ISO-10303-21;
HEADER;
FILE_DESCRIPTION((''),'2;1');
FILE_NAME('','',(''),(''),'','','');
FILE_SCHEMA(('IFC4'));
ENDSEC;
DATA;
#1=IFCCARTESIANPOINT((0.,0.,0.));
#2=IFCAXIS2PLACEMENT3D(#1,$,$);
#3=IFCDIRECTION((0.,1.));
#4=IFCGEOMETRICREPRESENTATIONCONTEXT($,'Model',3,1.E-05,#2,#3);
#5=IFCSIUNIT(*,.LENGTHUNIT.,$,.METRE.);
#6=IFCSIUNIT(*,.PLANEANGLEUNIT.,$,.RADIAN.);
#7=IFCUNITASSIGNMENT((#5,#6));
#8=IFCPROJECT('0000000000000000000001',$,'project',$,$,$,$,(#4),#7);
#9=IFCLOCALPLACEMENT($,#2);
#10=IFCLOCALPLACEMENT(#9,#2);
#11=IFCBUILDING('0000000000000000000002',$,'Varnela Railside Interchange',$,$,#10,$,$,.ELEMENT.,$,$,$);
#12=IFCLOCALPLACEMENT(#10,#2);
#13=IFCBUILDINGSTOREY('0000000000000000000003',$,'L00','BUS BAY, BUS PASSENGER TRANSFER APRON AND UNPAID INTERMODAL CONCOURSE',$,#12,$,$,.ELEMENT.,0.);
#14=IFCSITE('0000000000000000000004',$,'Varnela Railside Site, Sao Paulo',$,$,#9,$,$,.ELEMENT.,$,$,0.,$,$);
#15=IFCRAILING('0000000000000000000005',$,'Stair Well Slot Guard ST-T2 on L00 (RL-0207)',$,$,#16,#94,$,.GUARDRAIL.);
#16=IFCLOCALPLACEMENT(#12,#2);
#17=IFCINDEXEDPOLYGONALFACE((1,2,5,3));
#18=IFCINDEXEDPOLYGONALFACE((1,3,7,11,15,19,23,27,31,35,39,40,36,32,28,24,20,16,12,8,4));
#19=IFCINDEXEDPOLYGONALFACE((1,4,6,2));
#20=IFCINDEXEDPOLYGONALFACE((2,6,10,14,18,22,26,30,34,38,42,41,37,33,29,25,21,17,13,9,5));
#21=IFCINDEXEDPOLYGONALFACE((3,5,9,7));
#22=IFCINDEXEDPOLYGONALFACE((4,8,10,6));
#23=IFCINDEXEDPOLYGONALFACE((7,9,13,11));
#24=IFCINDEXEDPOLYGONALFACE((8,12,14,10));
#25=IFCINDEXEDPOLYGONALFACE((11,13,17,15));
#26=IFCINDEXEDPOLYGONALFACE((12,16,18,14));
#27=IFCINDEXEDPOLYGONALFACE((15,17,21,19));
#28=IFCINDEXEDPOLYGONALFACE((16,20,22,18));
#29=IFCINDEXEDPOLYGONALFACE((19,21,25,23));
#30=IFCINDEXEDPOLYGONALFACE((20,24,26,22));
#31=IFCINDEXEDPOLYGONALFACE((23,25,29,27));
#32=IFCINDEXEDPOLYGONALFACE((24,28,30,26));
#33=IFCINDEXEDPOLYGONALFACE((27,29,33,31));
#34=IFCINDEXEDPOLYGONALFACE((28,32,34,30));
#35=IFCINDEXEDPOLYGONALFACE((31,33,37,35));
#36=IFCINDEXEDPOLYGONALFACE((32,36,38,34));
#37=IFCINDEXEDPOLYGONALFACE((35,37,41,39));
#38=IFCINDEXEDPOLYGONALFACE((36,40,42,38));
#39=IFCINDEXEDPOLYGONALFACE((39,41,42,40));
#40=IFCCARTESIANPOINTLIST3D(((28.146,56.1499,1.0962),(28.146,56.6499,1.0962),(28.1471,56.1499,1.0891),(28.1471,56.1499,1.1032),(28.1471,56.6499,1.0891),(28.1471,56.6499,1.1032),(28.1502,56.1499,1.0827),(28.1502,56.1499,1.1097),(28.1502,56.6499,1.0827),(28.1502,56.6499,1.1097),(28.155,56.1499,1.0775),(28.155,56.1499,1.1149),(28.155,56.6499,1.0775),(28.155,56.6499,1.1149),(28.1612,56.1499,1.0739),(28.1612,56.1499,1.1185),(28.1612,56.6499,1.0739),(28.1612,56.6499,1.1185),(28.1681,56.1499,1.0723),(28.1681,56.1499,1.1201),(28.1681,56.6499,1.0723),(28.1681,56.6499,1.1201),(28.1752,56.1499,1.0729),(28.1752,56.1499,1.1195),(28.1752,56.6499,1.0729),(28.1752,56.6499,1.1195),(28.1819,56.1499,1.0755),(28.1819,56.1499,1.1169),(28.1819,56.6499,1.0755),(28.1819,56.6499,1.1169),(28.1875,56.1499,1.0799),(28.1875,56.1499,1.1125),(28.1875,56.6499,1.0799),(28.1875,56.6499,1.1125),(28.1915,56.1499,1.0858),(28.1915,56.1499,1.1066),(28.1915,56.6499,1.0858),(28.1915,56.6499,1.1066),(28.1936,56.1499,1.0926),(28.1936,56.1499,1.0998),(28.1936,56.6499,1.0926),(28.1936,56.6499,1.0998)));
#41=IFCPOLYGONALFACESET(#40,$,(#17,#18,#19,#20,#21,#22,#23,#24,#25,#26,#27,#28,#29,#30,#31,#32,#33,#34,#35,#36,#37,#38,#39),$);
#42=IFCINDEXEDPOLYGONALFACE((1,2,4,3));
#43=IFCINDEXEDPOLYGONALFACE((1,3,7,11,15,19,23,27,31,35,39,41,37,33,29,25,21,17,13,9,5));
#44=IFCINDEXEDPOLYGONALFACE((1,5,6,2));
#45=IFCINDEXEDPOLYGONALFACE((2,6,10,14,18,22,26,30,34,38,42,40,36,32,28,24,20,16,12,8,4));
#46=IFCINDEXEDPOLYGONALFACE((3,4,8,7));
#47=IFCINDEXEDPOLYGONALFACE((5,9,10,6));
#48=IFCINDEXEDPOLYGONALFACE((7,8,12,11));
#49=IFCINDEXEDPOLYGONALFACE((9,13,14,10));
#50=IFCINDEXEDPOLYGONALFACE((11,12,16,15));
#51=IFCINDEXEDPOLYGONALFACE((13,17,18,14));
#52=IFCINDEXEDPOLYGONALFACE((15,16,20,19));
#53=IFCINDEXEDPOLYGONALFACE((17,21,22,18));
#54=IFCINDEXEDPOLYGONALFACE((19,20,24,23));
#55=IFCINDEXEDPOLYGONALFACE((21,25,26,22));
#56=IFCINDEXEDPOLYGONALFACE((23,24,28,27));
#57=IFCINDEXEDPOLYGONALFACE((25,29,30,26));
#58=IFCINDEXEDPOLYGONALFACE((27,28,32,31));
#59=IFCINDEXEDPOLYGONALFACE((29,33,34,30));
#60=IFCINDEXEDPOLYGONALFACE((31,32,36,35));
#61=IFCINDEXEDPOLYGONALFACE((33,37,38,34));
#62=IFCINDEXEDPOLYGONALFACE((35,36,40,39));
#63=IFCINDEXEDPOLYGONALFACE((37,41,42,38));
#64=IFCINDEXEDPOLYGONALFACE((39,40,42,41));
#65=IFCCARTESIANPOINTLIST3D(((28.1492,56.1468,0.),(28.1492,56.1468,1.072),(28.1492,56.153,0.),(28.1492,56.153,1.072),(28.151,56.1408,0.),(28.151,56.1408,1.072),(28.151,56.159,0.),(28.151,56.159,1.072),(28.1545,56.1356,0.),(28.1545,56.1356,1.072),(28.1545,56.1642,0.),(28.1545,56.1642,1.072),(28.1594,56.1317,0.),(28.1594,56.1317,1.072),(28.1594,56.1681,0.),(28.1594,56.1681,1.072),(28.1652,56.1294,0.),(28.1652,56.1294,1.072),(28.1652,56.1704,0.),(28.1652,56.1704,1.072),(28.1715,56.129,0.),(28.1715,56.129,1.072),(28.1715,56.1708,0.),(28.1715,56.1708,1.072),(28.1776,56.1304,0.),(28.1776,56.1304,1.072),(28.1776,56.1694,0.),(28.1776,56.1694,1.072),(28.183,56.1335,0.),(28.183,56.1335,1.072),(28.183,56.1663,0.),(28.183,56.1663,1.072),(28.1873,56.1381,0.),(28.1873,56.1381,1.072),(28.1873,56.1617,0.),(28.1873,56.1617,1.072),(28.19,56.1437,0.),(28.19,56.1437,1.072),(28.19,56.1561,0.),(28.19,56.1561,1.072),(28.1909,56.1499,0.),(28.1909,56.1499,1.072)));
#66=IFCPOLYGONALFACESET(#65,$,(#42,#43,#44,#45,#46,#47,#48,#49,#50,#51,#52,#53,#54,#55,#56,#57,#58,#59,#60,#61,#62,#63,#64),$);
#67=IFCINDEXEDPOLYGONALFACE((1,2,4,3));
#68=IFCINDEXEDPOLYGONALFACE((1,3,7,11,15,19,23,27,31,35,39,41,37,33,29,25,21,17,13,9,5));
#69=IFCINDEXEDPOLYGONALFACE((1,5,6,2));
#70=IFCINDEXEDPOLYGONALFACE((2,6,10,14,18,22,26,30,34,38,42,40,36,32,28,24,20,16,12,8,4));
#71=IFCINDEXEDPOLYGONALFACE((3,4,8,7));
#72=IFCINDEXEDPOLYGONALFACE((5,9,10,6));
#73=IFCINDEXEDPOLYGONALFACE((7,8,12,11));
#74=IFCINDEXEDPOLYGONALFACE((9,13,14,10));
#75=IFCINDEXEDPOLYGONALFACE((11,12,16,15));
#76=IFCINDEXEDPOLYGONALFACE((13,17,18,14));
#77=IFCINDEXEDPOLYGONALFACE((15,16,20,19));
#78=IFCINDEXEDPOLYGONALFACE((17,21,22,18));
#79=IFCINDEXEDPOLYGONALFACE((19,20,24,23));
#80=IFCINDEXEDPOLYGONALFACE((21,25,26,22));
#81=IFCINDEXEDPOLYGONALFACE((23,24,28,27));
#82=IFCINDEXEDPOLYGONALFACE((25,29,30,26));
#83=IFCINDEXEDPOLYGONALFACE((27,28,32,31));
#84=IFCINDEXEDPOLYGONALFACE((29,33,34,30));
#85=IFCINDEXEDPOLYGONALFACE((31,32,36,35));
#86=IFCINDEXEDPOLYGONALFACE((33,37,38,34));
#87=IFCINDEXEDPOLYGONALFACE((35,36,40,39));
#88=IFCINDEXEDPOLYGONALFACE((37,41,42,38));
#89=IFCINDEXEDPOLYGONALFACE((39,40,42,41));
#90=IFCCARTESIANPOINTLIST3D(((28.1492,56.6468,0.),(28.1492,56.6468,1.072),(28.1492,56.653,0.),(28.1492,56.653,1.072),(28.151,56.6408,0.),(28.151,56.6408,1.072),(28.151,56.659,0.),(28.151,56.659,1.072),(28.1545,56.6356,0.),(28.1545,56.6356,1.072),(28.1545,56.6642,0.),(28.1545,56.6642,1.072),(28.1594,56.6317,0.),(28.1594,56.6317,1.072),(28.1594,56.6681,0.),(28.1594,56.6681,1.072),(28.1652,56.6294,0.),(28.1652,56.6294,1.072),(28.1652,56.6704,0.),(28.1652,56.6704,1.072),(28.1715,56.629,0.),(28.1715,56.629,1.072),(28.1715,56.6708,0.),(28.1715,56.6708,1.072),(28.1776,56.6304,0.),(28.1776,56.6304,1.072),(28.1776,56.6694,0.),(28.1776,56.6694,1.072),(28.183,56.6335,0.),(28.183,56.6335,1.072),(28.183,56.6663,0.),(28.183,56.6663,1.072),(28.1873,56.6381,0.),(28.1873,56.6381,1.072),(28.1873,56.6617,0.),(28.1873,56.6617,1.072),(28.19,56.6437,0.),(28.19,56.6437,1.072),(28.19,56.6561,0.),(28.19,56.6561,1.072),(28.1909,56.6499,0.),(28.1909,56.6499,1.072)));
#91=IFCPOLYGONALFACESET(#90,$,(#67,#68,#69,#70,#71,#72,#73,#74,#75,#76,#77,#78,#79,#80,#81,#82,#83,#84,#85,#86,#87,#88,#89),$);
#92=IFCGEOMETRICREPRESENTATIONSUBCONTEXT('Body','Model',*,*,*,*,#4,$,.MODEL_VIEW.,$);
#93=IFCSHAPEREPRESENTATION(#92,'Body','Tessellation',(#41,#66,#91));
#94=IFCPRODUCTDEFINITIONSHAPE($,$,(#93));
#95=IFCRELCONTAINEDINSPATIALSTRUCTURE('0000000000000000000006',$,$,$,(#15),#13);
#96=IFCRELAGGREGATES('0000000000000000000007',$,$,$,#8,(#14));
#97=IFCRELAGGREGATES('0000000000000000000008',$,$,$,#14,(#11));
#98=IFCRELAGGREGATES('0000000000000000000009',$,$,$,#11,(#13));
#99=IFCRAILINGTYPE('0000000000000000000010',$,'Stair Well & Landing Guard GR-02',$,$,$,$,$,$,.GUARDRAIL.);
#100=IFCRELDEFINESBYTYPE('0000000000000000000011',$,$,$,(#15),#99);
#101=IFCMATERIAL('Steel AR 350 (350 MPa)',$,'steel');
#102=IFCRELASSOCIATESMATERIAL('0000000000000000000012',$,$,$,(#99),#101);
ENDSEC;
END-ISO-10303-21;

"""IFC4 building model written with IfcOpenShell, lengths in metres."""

from ifc_helpers import new_model, si_unit, direction, frame, origin, origin_2d, place, context, subcontext, project, spatial, circle, extrude, material, type_object, element, save


model = new_model("IFC4")

# Units and contexts
model_context = context("Model", 3, precision=1e-05, world=origin(), true_north=direction((0.0, 1.0)))
body_context = subcontext(model_context, "Body", "Model", "MODEL_VIEW")
ifc_project = project(units=[si_unit("LENGTHUNIT", "METRE"), si_unit("PLANEANGLEUNIT", "RADIAN")], contexts=[model_context])

# Site, building, storey
site_placement = place(None, origin())
site = spatial("IfcSite", under=ifc_project, at=site_placement, Name="Varnela Railside Site, Sao Paulo", CompositionType="ELEMENT", RefElevation=0.0)
building_placement = place(site_placement, origin())
building = spatial("IfcBuilding", under=site, at=building_placement, Name="Varnela Railside Interchange", CompositionType="ELEMENT")
storey_placement = place(building_placement, origin())
storey = spatial("IfcBuildingStorey", under=building, at=storey_placement, Name="L00", Description="BUS BAY, BUS PASSENGER TRANSFER APRON AND UNPAID INTERMODAL CONCOURSE", CompositionType="ELEMENT", Elevation=0.0)

# Shared definitions
ifc_material_1 = material(Name="Steel AR 350 (350 MPa)", Category="steel")

# Railing
railing_type_1 = type_object("IfcRailingType", Name="Stair Well & Landing Guard GR-02", PredefinedType="GUARDRAIL", material=ifc_material_1)
railing_1_placement = place(storey_placement, frame((28.1699, 56.1499, 0.0)))
element("IfcRailing", 1, at=railing_1_placement, inside=storey, type_object=railing_type_1, Name="Stair Well Slot Guard ST-T2 on L00 (RL-0207)", PredefinedType="GUARDRAIL", context=body_context, shape_type="SweptSolid", body=[
    extrude(circle(Radius=0.0239, at=origin_2d()), frame((0.0, 0.0, 1.0962), z_axis=(0.0, 1.0, 0.0), x_axis=(-1.0, 0.0, 0.0)), (0.0, 0.0, 1.0), 0.5),
    extrude(circle(Radius=0.021, at=origin_2d()), origin(), (0.0, 0.0, 1.0), 1.072),
    extrude(circle(Radius=0.021, at=origin_2d()), frame((0.0, 0.5, 0.0)), (0.0, 0.0, 1.0), 1.072),
])

save(model, "model.ifc")
